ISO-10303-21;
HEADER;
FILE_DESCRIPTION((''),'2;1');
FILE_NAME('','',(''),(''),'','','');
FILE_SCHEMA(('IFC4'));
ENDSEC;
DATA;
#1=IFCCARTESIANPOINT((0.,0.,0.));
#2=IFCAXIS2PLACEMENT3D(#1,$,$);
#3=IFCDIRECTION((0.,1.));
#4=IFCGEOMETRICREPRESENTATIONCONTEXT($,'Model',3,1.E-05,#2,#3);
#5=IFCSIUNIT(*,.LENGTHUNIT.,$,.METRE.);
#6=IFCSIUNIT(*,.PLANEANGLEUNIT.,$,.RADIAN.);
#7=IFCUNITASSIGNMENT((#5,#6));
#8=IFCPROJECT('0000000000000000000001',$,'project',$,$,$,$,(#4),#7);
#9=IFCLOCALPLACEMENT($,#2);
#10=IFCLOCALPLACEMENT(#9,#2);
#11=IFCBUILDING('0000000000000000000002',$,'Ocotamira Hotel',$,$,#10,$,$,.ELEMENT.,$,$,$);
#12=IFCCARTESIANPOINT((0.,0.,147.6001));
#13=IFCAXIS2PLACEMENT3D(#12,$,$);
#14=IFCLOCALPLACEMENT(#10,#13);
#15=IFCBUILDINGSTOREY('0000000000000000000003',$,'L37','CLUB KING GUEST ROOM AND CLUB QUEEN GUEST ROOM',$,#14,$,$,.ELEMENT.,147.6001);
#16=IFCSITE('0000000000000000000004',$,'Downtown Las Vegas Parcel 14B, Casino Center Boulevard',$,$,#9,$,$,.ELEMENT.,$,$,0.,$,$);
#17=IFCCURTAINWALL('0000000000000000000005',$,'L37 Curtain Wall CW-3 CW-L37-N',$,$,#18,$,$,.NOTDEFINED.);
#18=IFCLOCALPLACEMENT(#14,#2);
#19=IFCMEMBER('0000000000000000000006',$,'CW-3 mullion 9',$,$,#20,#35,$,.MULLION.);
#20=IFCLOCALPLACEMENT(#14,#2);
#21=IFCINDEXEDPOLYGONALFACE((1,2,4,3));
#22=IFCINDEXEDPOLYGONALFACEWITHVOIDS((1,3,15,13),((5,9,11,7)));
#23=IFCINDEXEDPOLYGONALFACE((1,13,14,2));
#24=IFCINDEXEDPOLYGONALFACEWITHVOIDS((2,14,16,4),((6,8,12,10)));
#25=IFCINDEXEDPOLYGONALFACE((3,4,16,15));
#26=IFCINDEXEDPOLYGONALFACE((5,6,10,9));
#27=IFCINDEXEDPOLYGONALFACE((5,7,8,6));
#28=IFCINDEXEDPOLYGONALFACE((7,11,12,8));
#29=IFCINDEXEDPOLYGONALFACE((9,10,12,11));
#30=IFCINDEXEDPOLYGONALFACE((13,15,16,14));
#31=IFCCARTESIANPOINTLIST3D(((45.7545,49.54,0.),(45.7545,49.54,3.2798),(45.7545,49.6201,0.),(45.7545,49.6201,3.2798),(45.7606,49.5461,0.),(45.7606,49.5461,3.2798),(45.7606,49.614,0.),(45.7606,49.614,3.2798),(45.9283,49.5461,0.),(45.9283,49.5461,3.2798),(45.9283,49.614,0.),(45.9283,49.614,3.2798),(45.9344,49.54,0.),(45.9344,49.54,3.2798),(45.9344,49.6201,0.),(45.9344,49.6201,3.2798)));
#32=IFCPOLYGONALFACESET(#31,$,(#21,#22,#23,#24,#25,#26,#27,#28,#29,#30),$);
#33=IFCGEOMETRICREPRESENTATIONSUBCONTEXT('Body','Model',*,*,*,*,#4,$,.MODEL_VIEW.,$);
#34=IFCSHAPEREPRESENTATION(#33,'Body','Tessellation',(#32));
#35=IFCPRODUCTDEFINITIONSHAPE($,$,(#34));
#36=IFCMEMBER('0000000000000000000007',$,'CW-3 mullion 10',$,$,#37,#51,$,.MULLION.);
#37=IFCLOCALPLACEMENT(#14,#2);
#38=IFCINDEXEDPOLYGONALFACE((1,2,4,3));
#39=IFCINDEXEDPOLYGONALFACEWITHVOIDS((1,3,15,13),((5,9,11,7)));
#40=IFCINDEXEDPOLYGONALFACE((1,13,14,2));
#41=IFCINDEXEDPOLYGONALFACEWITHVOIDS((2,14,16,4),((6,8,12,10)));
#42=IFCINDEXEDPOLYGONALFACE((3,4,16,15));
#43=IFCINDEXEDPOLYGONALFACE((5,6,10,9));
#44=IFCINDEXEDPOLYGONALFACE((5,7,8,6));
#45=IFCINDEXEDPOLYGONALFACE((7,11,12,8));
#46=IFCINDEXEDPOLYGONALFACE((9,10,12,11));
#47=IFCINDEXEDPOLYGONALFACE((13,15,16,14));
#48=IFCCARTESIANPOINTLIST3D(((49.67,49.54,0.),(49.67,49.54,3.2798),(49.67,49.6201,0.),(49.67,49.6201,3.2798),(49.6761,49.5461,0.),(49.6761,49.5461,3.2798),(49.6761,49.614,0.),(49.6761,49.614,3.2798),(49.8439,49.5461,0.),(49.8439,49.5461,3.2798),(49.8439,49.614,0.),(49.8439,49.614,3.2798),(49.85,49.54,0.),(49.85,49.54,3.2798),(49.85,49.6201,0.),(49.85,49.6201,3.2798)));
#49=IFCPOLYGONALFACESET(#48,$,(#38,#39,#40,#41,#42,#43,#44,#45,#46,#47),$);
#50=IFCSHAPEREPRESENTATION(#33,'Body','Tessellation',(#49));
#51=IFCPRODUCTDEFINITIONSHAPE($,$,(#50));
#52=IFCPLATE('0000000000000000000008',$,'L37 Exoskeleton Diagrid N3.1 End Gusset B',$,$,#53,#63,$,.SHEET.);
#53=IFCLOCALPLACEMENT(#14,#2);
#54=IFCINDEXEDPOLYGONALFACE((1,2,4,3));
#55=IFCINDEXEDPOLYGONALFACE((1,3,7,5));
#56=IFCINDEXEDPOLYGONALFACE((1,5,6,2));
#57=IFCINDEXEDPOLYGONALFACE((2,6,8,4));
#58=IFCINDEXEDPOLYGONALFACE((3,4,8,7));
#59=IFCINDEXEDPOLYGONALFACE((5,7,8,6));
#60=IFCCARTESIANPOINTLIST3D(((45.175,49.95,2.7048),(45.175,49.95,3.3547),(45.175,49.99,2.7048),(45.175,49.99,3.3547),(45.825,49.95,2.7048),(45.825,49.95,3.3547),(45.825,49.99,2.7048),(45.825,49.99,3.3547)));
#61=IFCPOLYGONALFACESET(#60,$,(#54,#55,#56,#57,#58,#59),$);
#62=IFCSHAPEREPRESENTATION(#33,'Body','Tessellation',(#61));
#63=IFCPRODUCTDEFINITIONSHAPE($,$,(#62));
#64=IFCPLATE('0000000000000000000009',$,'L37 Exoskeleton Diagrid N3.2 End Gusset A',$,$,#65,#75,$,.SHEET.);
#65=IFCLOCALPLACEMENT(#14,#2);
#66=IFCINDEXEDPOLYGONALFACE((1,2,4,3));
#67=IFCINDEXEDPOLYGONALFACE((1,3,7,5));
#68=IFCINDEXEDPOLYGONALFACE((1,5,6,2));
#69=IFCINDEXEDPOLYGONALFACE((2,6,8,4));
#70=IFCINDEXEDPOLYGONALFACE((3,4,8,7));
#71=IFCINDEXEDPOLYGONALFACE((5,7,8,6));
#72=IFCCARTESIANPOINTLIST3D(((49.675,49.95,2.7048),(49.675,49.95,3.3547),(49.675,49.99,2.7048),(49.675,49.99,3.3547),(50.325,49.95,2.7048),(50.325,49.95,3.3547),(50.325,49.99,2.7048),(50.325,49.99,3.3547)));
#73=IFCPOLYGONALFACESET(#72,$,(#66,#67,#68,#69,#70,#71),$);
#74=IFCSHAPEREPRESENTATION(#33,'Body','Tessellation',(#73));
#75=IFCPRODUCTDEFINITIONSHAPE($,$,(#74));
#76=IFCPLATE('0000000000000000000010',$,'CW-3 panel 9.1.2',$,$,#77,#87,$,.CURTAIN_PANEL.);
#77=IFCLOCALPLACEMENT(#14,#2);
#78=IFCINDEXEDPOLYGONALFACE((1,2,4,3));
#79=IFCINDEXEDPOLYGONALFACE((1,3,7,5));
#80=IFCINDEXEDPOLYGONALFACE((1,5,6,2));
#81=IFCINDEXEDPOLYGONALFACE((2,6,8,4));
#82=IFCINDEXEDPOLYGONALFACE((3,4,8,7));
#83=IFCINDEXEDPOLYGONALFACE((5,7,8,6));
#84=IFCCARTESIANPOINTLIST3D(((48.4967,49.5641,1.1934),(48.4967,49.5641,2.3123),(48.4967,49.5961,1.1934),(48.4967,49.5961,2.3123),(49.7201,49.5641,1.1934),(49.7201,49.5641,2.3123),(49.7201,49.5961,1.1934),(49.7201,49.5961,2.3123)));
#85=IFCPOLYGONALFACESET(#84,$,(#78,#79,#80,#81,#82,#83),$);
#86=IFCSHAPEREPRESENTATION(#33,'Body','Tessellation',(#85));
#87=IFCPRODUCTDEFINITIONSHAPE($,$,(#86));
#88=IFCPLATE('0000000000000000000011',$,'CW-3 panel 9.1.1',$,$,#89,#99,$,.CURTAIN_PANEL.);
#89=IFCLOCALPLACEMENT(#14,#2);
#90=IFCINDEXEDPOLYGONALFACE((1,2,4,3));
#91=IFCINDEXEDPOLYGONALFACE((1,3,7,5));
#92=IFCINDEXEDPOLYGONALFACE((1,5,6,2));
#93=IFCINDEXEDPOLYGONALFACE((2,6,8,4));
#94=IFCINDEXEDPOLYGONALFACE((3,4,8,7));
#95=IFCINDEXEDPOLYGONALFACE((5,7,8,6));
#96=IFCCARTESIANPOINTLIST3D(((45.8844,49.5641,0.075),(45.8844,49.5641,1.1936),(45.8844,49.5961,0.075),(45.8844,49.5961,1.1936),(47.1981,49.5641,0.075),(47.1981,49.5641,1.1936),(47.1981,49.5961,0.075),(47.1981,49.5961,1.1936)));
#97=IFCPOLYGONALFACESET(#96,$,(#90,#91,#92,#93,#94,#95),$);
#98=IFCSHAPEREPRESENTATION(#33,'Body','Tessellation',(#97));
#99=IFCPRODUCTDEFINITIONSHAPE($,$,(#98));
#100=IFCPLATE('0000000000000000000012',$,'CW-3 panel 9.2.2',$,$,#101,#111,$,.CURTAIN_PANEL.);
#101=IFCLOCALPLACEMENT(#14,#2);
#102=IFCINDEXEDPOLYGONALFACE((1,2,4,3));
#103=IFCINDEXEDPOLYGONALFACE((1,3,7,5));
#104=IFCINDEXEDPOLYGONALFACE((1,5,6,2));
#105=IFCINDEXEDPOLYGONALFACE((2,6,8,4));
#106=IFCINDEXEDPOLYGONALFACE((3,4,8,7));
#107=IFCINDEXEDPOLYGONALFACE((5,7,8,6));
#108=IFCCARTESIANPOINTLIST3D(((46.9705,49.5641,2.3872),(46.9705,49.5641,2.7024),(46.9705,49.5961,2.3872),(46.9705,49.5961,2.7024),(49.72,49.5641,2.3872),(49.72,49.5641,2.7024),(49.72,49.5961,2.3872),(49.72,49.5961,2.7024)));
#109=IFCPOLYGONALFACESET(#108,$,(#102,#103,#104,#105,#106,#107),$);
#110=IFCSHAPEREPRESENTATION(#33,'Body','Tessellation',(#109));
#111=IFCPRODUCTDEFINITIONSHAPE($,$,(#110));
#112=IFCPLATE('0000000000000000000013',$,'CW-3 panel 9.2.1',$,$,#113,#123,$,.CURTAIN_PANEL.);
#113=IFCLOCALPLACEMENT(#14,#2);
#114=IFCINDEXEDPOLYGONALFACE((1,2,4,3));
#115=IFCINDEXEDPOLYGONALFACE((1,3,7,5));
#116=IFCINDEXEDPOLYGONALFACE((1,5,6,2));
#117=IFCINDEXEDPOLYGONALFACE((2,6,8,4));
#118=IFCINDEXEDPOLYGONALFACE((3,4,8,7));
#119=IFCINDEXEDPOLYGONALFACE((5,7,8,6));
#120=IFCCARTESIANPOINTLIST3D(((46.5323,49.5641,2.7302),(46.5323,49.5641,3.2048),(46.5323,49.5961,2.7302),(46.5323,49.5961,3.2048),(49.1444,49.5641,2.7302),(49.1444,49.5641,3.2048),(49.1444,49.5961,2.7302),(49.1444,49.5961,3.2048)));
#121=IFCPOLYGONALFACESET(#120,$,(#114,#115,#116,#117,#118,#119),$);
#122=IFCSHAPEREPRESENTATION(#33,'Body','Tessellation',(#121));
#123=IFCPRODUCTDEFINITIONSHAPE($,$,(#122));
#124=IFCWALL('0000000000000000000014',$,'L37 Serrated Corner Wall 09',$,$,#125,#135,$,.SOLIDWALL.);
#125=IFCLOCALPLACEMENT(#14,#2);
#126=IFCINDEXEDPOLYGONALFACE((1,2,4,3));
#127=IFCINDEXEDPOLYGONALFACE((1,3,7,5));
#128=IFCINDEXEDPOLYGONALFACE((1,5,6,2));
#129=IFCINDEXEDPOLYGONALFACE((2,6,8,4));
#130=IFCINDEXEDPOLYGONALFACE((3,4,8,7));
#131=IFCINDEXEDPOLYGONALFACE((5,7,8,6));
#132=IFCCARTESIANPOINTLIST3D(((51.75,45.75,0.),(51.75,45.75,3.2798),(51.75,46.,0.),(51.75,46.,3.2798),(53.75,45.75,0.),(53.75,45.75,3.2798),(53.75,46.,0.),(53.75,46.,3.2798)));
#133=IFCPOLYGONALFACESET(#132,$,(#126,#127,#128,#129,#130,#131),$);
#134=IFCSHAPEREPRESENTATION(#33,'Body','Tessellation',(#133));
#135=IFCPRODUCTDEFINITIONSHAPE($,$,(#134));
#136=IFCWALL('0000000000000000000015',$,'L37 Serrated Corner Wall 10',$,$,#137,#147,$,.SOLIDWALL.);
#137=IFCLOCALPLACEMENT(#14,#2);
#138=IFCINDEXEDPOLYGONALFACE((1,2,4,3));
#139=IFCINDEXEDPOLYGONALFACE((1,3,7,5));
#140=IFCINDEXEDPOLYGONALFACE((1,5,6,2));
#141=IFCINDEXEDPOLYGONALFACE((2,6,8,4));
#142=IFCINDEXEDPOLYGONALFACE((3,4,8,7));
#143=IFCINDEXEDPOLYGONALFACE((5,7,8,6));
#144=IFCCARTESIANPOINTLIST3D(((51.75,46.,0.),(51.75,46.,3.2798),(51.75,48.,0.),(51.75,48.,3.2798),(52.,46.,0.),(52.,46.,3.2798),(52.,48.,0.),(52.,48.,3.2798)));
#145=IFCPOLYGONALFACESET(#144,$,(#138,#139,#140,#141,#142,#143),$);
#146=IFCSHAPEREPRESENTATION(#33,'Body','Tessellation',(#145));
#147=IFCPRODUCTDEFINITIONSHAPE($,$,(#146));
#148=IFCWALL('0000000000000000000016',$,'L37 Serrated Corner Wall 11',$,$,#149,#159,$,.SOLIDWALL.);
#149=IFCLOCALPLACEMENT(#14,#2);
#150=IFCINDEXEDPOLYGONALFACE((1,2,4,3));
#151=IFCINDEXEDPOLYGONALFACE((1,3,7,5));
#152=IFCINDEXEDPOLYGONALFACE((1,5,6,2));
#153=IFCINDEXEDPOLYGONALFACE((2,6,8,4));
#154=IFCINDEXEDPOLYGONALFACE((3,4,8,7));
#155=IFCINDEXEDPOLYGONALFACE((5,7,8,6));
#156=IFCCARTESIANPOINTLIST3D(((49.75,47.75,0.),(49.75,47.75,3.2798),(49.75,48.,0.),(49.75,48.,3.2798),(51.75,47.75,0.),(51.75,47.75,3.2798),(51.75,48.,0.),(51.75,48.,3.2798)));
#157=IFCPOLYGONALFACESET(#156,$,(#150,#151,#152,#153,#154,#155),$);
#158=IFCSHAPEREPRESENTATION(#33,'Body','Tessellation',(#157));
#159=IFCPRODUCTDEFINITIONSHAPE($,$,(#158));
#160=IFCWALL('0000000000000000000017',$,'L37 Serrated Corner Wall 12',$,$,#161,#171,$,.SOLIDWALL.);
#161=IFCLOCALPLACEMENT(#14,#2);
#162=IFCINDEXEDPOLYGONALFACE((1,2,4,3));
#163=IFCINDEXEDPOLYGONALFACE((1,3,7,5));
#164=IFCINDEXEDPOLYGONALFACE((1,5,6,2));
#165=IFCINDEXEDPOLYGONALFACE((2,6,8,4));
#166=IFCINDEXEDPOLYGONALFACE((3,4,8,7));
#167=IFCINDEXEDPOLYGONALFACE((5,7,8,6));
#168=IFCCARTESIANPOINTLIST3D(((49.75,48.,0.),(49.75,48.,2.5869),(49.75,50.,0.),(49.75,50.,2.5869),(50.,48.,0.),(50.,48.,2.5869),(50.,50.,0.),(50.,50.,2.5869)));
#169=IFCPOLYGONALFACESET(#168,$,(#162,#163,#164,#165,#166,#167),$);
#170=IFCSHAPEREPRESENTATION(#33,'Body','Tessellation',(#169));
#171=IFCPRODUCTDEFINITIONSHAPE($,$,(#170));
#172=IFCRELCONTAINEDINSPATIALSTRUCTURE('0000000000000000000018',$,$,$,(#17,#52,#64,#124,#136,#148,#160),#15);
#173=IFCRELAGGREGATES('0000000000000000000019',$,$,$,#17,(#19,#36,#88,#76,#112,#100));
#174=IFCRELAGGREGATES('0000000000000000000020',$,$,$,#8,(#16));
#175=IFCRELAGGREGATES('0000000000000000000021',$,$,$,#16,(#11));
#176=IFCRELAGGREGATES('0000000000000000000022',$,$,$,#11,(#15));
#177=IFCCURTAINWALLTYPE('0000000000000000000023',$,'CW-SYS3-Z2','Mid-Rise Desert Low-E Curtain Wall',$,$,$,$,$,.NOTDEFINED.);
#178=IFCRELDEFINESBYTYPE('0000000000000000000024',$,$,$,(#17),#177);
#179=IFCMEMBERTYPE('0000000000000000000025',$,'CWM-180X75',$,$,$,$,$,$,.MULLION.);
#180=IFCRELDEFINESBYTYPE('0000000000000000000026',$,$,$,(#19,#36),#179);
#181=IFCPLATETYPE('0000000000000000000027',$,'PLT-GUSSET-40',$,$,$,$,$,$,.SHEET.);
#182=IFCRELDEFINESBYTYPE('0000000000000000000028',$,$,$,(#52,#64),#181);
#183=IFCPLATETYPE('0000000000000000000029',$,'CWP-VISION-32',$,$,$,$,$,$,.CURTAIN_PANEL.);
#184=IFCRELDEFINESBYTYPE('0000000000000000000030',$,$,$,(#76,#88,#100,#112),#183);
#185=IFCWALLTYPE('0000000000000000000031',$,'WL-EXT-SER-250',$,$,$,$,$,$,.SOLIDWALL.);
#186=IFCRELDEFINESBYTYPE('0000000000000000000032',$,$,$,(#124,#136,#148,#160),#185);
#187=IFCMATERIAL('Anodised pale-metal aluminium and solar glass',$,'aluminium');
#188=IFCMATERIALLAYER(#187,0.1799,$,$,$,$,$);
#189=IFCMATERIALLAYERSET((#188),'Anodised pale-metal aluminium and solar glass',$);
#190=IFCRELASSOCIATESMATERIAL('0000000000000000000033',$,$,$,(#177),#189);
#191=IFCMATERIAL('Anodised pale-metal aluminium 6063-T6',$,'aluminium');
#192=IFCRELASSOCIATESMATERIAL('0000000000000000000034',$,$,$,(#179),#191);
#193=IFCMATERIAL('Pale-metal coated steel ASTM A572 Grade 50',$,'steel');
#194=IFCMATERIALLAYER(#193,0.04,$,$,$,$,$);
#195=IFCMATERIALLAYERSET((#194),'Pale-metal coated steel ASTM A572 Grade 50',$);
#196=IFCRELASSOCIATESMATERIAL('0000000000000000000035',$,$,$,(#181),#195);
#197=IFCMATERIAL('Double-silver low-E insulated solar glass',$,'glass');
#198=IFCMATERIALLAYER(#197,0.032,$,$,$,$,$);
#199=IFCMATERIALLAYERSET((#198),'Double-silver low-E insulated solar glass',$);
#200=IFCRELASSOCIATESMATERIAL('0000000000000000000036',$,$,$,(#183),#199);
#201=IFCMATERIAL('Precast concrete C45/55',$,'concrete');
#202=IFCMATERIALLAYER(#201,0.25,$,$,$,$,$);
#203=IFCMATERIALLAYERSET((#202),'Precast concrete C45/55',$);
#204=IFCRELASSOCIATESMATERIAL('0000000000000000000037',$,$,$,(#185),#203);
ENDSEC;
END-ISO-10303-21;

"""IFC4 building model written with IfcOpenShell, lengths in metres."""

from ifc_helpers import new_model, si_unit, direction, frame, frame_2d, origin, origin_2d, place, context, subcontext, project, spatial, rectangle, hollow_rectangle, extrude, source, transform, mapped, material, layer, layer_set, material_profile, profile_set, type_object, element, aggregate, save


model = new_model("IFC4")

# Units and contexts
model_context = context("Model", 3, precision=1e-05, world=origin(), true_north=direction((0.0, 1.0)))
body_context = subcontext(model_context, "Body", "Model", "MODEL_VIEW")
ifc_project = project(units=[si_unit("LENGTHUNIT", "METRE"), si_unit("PLANEANGLEUNIT", "RADIAN")], contexts=[model_context])

# Site, building, storey
site_placement = place(None, origin())
site = spatial("IfcSite", under=ifc_project, at=site_placement, Name="Downtown Las Vegas Parcel 14B, Casino Center Boulevard", CompositionType="ELEMENT", RefElevation=0.0)
building_placement = place(site_placement, origin())
building = spatial("IfcBuilding", under=site, at=building_placement, Name="Ocotamira Hotel", CompositionType="ELEMENT")
storey_placement = place(building_placement, frame((0.0, 0.0, 147.6001)))
storey = spatial("IfcBuildingStorey", under=building, at=storey_placement, Name="L37", Description="CLUB KING GUEST ROOM AND CLUB QUEEN GUEST ROOM", CompositionType="ELEMENT", Elevation=147.6001)

# Curtain wall, members
ifc_material_1 = material(Name="Anodised pale-metal aluminium and solar glass", Category="aluminium")
ifc_layer_1 = layer(ifc_material_1, 0.1799)
ifc_layer_set_1 = layer_set([ifc_layer_1], Name="Anodised pale-metal aluminium and solar glass")
curtain_wall_type = type_object("IfcCurtainWallType", Name="CW-SYS3-Z2", Description="Mid-Rise Desert Low-E Curtain Wall", PredefinedType="NOTDEFINED", material=ifc_layer_set_1)
curtain_wall_placement = place(storey_placement, origin())
curtain_wall = element("IfcCurtainWall", 1, at=curtain_wall_placement, inside=storey, type_object=curtain_wall_type, Name="L37 Curtain Wall CW-3 CW-L37-N", PredefinedType="NOTDEFINED")
ifc_material_2 = material(Name="Anodised pale-metal aluminium 6063-T6", Category="aluminium")
ifc_material_profile_1 = material_profile(ifc_material_2, hollow_rectangle(XDim=0.0801, YDim=0.1799, WallThickness=0.0061, at=origin_2d()), Name="HSS180X80X6")
ifc_profile_set_1 = profile_set([ifc_material_profile_1], Name="Anodised pale-metal aluminium 6063-T6")
member_type_1 = type_object("IfcMemberType", Name="CWM-180X75", PredefinedType="MULLION", material=ifc_profile_set_1)
shared_shape_1 = source(origin(), body_context, "Body", "SweptSolid", [
    extrude(hollow_rectangle(XDim=0.0801, YDim=0.1799, WallThickness=0.0061, at=origin_2d()), origin(), (0.0, 0.0, 1.0), 3.2798),
])
member_1_placement = place(storey_placement, frame((45.8445, 49.5801, 0.0), z_axis=(0.0, 0.0, 1.0), x_axis=(0.0, 1.0, 0.0)))
member_1 = element("IfcMember", 2, at=member_1_placement, type_object=member_type_1, Name="CW-3 mullion 9", PredefinedType="MULLION", context=body_context, shape_type="MappedRepresentation", body=[
    mapped(shared_shape_1, transform((0.0, 0.0, 0.0), scale=1.0)),
])
member_2_placement = place(storey_placement, frame((49.76, 49.5801, 0.0), z_axis=(0.0, 0.0, 1.0), x_axis=(0.0, 1.0, 0.0)))
member_2 = element("IfcMember", 3, at=member_2_placement, type_object=member_type_1, Name="CW-3 mullion 10", PredefinedType="MULLION", context=body_context, shape_type="MappedRepresentation", body=[
    mapped(shared_shape_1, transform((0.0, 0.0, 0.0), scale=1.0)),
])

# Plates
ifc_material_3 = material(Name="Pale-metal coated steel ASTM A572 Grade 50", Category="steel")
ifc_layer_2 = layer(ifc_material_3, 0.04)
ifc_layer_set_2 = layer_set([ifc_layer_2], Name="Pale-metal coated steel ASTM A572 Grade 50")
plate_type_1 = type_object("IfcPlateType", Name="PLT-GUSSET-40", PredefinedType="SHEET", material=ifc_layer_set_2)
shared_shape_2 = source(origin(), body_context, "Body", "SweptSolid", [
    extrude(rectangle(XDim=0.6499, YDim=0.04, at=origin_2d()), origin(), (0.0, 0.0, 1.0), 0.6499),
])
for number, where, z_axis, x_axis, name in (
    (4, (45.5, 49.97, 2.7048), (0.0, 0.0, 1.0), (1.0, 0.0, 0.0), "L37 Exoskeleton Diagrid N3.1 End Gusset B"),
    (5, (50.0, 49.97, 2.7048), (0.0, 0.0, 1.0), (-1.0, 0.0, 0.0), "L37 Exoskeleton Diagrid N3.2 End Gusset A"),
):
    element("IfcPlate", number, at=place(storey_placement, frame(where, z_axis=z_axis, x_axis=x_axis)), inside=storey, type_object=plate_type_1, Name=name, PredefinedType="SHEET", context=body_context, shape_type="MappedRepresentation", body=[
        mapped(shared_shape_2, transform((0.0, 0.0, 0.0), scale=1.0)),
    ])

# Plates
ifc_material_4 = material(Name="Double-silver low-E insulated solar glass", Category="glass")
ifc_layer_3 = layer(ifc_material_4, 0.032)
ifc_layer_set_3 = layer_set([ifc_layer_3], Name="Double-silver low-E insulated solar glass")
plate_type_2 = type_object("IfcPlateType", Name="CWP-VISION-32", PredefinedType="CURTAIN_PANEL", material=ifc_layer_set_3)
shared_shape_3 = source(origin(), body_context, "Body", "SweptSolid", [
    extrude(rectangle(XDim=1.2234, YDim=0.032, at=origin_2d()), origin(), (0.0, 0.0, 1.0), 1.1189),
])
plate_1_placement = place(storey_placement, frame((49.1084, 49.5801, 1.1934), z_axis=(0.0, 0.0, 1.0), x_axis=(1.0, 0.0, 0.0)))
plate_1 = element("IfcPlate", 6, at=plate_1_placement, type_object=plate_type_2, Name="CW-3 panel 9.1.2", PredefinedType="CURTAIN_PANEL", context=body_context, shape_type="MappedRepresentation", body=[
    mapped(shared_shape_3, transform((0.0, 0.0, 0.0), scale=1.0)),
])
shared_shape_4 = source(origin(), body_context, "Body", "SweptSolid", [
    extrude(rectangle(XDim=1.3137, YDim=0.032, at=origin_2d()), origin(), (0.0, 0.0, 1.0), 1.1187),
])
plate_2_placement = place(storey_placement, frame((46.5413, 49.5801, 0.075), z_axis=(0.0, 0.0, 1.0), x_axis=(1.0, 0.0, 0.0)))
plate_2 = element("IfcPlate", 7, at=plate_2_placement, type_object=plate_type_2, Name="CW-3 panel 9.1.1", PredefinedType="CURTAIN_PANEL", context=body_context, shape_type="MappedRepresentation", body=[
    mapped(shared_shape_4, transform((0.0, 0.0, 0.0), scale=1.0)),
])
shared_shape_5 = source(origin(), body_context, "Body", "SweptSolid", [
    extrude(rectangle(XDim=2.7495, YDim=0.032, at=origin_2d()), origin(), (0.0, 0.0, 1.0), 0.3152),
])
plate_3_placement = place(storey_placement, frame((48.3452, 49.5801, 2.3872), z_axis=(0.0, 0.0, 1.0), x_axis=(1.0, 0.0, 0.0)))
plate_3 = element("IfcPlate", 8, at=plate_3_placement, type_object=plate_type_2, Name="CW-3 panel 9.2.2", PredefinedType="CURTAIN_PANEL", context=body_context, shape_type="MappedRepresentation", body=[
    mapped(shared_shape_5, transform((0.0, 0.0, 0.0), scale=1.0)),
])
shared_shape_6 = source(origin(), body_context, "Body", "SweptSolid", [
    extrude(rectangle(XDim=2.6121, YDim=0.032, at=origin_2d()), origin(), (0.0, 0.0, 1.0), 0.4746),
])
plate_4_placement = place(storey_placement, frame((47.8384, 49.5801, 2.7302), z_axis=(0.0, 0.0, 1.0), x_axis=(1.0, 0.0, 0.0)))
plate_4 = element("IfcPlate", 9, at=plate_4_placement, type_object=plate_type_2, Name="CW-3 panel 9.2.1", PredefinedType="CURTAIN_PANEL", context=body_context, shape_type="MappedRepresentation", body=[
    mapped(shared_shape_6, transform((0.0, 0.0, 0.0), scale=1.0)),
])
aggregate(curtain_wall, [member_1, member_2, plate_2, plate_1, plate_4, plate_3])

# Walls
ifc_material_5 = material(Name="Precast concrete C45/55", Category="concrete")
ifc_layer_4 = layer(ifc_material_5, 0.25)
ifc_layer_set_4 = layer_set([ifc_layer_4], Name="Precast concrete C45/55")
wall_type = type_object("IfcWallType", Name="WL-EXT-SER-250", PredefinedType="SOLIDWALL", material=ifc_layer_set_4)
for number, where, z_axis, x_axis, name in (
    (10, (53.75, 45.875, 0.0), (0.0, 0.0, 1.0), (-1.0, 0.0, 0.0), "L37 Serrated Corner Wall 09"),
    (11, (51.875, 46.0, 0.0), (0.0, 0.0, 1.0), (0.0, 1.0, 0.0), "L37 Serrated Corner Wall 10"),
    (12, (51.75, 47.875, 0.0), (0.0, 0.0, 1.0), (-1.0, 0.0, 0.0), "L37 Serrated Corner Wall 11"),
):
    element("IfcWall", number, at=place(storey_placement, frame(where, z_axis=z_axis, x_axis=x_axis)), inside=storey, type_object=wall_type, Name=name, PredefinedType="SOLIDWALL", context=body_context, shape_type="SweptSolid", body=[
        extrude(rectangle(XDim=2.0, YDim=0.25, at=frame_2d((1.0, 0.0))), origin(), (0.0, 0.0, 1.0), 3.2798),
    ])
wall_placement = place(storey_placement, frame((49.875, 48.0, 0.0), z_axis=(0.0, 0.0, 1.0), x_axis=(0.0, 1.0, 0.0)))
element("IfcWall", 13, at=wall_placement, inside=storey, type_object=wall_type, Name="L37 Serrated Corner Wall 12", PredefinedType="SOLIDWALL", context=body_context, shape_type="SweptSolid", body=[
    extrude(rectangle(XDim=2.0, YDim=0.25, at=frame_2d((1.0, 0.0))), origin(), (0.0, 0.0, 1.0), 2.5869),
])

save(model, "model.ifc")
